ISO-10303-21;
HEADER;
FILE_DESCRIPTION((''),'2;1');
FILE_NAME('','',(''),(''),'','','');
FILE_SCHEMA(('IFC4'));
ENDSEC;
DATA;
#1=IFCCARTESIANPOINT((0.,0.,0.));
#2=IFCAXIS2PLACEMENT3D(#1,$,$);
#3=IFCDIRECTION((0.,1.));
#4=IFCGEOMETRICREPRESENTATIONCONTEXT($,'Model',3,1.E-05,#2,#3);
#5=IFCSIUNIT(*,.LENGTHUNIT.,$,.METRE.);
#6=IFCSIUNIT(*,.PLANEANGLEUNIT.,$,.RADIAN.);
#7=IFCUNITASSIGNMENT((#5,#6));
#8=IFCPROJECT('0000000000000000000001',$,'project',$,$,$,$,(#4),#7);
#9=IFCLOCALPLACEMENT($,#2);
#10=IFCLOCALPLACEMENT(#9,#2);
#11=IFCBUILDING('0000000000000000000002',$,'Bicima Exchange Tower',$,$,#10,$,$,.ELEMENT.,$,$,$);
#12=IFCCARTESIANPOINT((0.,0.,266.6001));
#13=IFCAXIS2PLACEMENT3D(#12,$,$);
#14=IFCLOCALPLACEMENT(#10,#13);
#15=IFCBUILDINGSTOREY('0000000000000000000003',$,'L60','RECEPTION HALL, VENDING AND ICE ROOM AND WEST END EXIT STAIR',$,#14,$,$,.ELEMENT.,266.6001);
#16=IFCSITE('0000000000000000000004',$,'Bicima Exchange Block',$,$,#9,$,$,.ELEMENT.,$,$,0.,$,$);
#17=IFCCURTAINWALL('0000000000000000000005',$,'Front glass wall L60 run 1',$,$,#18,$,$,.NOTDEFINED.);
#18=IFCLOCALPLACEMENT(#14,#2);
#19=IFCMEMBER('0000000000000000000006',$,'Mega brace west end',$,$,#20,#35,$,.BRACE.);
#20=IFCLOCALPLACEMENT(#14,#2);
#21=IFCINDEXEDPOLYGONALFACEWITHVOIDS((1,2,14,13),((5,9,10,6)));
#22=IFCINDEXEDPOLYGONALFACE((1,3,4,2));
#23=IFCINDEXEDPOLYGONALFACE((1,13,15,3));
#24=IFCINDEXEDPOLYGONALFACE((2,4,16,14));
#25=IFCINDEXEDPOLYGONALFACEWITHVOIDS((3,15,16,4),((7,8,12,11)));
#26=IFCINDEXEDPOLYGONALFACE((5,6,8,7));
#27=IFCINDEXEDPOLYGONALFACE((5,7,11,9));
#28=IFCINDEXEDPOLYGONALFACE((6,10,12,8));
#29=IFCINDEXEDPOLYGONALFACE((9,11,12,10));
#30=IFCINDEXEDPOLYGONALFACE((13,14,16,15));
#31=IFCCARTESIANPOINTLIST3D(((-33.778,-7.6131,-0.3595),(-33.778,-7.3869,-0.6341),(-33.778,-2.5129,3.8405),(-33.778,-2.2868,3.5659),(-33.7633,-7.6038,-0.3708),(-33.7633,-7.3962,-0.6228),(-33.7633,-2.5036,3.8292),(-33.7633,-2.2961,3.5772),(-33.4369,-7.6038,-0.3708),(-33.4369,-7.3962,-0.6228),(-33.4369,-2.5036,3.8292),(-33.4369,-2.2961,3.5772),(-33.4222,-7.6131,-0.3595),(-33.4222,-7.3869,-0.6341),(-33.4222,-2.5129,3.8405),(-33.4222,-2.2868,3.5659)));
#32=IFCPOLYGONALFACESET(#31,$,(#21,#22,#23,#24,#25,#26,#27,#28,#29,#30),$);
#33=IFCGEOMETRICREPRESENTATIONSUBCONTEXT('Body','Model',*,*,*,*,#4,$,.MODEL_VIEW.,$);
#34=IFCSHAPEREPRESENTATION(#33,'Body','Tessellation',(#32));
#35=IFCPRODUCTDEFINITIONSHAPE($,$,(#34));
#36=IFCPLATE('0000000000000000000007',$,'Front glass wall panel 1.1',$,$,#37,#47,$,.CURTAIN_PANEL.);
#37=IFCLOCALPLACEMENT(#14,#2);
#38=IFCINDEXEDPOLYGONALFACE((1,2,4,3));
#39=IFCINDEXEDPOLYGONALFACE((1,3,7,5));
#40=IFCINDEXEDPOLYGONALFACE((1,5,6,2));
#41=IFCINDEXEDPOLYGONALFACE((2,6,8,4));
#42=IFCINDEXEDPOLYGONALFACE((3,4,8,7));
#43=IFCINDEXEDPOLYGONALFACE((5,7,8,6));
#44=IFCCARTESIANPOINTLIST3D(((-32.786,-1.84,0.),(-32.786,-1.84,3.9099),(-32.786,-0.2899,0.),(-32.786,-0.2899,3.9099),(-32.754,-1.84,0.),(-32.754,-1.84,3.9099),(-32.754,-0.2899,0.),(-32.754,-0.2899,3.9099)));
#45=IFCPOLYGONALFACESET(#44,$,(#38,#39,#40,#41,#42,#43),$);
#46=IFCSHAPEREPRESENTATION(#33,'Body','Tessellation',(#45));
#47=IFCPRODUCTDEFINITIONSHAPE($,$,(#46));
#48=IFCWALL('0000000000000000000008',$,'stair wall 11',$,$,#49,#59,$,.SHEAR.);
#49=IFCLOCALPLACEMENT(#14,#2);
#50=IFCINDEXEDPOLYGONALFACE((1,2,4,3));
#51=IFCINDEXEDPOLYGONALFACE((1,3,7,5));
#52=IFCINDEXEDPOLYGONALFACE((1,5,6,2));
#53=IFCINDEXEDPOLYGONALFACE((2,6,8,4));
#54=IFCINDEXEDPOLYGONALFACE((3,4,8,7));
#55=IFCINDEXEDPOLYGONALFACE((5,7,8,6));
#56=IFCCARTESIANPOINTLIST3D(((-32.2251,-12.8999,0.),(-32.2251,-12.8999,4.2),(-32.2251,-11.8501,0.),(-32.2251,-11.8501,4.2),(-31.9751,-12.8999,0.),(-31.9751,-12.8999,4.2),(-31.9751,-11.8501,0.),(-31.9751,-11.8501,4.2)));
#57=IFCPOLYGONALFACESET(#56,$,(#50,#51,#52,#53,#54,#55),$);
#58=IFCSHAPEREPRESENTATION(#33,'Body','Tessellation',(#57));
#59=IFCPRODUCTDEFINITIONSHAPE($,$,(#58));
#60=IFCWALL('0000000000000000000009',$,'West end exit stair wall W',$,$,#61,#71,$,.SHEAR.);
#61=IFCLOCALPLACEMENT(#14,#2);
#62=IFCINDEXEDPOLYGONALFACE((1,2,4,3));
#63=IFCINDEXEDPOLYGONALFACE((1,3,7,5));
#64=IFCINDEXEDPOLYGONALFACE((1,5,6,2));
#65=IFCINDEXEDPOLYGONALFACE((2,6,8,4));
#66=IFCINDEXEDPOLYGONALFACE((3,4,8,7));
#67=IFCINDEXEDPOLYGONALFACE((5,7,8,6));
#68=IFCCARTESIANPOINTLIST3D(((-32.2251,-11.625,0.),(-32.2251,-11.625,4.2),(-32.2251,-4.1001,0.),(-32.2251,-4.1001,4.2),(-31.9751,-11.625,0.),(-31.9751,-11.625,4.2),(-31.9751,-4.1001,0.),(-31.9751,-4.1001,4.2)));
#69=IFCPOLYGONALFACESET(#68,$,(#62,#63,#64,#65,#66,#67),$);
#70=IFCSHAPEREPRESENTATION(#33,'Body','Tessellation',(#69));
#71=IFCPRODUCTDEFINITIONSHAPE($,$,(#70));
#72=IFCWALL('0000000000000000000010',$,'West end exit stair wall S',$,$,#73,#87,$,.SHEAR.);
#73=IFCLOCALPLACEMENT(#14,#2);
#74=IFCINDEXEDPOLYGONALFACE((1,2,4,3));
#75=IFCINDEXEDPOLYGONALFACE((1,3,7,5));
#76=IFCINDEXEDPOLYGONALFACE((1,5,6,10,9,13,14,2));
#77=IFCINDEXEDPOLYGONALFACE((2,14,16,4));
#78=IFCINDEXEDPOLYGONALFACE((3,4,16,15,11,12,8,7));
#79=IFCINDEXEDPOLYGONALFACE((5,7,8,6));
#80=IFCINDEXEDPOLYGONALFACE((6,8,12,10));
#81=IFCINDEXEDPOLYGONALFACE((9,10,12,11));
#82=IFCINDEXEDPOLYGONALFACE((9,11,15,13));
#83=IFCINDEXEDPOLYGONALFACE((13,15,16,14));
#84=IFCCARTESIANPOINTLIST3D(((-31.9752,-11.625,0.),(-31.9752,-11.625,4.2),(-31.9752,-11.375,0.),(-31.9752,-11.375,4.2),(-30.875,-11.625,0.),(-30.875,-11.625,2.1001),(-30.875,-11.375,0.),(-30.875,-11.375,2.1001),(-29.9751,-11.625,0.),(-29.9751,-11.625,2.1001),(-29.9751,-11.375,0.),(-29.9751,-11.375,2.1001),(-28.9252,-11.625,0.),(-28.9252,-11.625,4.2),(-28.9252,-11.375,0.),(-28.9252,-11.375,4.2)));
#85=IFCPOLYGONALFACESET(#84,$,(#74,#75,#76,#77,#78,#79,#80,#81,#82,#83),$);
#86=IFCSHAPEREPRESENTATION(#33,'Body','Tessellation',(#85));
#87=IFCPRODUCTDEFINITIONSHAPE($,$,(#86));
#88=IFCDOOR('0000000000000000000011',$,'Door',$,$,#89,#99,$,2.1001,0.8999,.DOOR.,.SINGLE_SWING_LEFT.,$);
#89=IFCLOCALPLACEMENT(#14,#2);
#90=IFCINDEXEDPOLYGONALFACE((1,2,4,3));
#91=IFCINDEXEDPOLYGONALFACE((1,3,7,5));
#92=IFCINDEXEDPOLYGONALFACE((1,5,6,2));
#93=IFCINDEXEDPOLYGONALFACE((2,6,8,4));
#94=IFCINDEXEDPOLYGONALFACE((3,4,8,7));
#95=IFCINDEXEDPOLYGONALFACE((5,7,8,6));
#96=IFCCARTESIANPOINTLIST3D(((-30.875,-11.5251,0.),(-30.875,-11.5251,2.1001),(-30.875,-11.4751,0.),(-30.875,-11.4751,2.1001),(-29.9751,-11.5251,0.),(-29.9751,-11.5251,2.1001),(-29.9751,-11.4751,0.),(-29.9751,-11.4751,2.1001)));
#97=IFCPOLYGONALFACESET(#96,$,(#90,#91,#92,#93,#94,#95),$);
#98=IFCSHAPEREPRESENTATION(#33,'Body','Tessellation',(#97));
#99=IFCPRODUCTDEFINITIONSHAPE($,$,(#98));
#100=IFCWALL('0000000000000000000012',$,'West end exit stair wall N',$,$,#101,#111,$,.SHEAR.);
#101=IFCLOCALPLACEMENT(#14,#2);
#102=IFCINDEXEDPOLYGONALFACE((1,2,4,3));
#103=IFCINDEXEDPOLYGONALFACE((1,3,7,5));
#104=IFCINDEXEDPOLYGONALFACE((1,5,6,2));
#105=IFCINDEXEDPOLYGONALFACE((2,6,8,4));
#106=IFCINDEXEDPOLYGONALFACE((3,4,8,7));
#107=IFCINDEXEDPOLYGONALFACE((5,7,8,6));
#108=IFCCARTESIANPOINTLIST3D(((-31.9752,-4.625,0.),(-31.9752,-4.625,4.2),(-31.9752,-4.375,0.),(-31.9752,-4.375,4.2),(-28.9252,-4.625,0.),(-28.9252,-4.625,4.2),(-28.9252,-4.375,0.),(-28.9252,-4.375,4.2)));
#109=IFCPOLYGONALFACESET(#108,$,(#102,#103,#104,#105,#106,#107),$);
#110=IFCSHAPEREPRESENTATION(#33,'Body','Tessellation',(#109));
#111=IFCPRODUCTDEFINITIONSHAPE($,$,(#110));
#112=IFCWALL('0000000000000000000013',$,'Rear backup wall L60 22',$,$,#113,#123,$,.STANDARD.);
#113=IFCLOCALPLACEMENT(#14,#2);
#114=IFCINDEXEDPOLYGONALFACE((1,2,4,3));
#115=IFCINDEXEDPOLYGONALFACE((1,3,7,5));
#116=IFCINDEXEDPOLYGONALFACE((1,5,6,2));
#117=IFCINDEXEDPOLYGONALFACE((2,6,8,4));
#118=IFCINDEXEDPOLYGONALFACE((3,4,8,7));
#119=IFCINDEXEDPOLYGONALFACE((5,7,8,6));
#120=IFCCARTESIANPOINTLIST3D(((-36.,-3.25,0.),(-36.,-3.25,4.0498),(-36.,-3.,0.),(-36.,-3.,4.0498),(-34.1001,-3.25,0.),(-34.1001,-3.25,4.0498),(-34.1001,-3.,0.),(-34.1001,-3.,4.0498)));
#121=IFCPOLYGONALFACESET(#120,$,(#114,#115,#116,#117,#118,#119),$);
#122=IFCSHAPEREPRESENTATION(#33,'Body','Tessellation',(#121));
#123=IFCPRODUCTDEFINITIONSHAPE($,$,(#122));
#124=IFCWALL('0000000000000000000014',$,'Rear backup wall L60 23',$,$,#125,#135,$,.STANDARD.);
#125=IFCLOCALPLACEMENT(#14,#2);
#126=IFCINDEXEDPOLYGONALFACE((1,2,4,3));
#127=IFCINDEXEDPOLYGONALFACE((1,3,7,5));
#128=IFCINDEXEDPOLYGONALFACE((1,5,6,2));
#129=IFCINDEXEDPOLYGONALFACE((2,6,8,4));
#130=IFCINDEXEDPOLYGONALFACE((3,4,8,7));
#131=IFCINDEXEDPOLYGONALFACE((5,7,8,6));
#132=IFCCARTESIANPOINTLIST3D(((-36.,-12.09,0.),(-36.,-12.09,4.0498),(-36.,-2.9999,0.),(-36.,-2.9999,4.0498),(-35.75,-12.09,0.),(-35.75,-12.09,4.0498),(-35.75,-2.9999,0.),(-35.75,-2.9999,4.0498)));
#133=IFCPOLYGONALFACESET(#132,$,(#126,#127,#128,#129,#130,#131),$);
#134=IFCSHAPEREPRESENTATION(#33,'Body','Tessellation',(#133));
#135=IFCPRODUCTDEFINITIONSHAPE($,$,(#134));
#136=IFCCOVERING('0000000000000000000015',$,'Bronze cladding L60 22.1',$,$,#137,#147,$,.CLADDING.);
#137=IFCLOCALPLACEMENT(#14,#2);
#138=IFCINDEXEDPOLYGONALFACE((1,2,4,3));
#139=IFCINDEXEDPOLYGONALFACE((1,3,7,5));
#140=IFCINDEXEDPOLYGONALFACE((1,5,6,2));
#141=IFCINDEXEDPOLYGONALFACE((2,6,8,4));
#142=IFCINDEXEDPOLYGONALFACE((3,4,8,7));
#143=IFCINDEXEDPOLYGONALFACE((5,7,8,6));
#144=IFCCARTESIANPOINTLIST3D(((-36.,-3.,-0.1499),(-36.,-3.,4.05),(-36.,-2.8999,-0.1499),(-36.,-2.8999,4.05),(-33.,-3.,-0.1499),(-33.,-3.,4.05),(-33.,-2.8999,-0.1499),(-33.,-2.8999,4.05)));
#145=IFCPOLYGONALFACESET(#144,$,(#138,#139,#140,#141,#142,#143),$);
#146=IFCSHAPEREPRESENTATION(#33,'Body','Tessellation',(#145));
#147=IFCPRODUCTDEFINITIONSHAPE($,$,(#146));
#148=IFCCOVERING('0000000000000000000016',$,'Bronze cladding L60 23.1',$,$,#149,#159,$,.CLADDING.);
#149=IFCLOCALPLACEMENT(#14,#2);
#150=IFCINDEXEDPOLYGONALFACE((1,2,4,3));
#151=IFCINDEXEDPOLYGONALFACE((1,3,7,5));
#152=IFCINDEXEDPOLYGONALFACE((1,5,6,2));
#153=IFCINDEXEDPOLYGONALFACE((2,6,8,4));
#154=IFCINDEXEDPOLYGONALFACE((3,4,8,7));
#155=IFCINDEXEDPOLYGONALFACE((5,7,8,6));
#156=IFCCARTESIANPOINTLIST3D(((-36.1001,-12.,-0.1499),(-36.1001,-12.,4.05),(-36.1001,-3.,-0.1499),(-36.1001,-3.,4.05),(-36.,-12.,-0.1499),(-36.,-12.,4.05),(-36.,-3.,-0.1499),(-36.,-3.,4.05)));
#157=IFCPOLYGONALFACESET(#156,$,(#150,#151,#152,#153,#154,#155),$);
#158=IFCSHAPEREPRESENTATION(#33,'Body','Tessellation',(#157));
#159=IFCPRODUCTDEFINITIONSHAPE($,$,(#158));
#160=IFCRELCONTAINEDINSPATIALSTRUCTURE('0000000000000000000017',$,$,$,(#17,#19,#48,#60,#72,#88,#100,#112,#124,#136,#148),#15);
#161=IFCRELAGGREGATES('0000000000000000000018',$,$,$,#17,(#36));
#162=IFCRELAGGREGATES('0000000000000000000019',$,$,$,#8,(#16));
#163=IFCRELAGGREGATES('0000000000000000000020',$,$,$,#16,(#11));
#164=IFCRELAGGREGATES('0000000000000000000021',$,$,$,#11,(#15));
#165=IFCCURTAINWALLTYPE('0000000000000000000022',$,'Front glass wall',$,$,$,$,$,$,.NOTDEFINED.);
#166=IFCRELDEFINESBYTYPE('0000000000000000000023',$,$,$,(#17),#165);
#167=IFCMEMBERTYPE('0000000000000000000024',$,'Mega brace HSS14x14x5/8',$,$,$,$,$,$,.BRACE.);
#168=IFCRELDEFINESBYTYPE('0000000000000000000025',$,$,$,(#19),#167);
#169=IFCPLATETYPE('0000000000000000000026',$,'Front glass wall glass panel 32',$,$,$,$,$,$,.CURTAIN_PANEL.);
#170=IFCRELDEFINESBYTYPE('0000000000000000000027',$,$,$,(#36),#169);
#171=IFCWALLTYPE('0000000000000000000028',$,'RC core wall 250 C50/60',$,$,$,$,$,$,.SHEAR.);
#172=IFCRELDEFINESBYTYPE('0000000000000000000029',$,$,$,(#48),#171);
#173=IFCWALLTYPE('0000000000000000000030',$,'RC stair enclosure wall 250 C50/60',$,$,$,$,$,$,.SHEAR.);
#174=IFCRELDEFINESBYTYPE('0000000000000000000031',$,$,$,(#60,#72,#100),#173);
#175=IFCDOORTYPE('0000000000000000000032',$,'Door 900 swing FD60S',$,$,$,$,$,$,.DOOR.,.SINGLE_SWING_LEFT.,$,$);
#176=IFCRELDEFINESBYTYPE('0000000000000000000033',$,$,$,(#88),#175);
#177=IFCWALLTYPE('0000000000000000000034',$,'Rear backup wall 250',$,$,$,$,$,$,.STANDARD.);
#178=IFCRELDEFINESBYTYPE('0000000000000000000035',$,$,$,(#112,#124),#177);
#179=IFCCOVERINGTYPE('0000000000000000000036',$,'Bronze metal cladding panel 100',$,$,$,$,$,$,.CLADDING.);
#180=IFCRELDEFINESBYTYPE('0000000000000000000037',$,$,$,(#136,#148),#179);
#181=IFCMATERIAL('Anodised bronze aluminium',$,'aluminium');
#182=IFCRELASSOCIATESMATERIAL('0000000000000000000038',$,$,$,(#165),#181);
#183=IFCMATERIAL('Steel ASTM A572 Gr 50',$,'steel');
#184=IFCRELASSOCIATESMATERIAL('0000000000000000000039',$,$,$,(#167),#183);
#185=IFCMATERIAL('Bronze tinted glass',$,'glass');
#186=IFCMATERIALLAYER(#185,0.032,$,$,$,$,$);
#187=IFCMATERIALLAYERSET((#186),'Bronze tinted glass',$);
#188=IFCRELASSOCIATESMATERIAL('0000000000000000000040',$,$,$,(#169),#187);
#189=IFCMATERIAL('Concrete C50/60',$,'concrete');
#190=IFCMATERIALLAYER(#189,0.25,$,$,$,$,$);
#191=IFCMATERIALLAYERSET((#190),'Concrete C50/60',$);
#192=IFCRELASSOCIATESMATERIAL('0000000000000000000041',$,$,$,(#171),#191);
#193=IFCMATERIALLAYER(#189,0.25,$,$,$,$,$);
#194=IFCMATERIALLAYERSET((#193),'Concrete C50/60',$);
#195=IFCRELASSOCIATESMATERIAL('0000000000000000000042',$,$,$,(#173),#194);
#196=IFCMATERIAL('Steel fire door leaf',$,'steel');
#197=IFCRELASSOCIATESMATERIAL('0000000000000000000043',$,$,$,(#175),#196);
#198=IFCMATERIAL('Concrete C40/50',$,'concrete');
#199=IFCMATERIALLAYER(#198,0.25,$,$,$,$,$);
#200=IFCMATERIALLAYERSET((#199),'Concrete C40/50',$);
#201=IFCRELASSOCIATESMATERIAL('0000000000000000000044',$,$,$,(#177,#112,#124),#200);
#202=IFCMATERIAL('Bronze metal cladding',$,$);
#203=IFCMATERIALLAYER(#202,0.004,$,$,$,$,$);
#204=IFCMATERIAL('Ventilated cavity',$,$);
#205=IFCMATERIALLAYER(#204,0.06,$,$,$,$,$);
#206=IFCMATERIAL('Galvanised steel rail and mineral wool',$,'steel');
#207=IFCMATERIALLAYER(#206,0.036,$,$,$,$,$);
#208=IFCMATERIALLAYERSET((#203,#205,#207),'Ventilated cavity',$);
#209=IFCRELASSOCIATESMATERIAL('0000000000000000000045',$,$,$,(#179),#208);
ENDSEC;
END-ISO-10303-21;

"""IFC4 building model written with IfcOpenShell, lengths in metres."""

from ifc_helpers import new_model, si_unit, direction, frame, frame_2d, origin, origin_2d, place, context, subcontext, project, spatial, rectangle, hollow_rectangle, extrude, material, layer, layer_set, layer_usage, material_profile, profile_set, type_object, element, fill, aggregate, save


model = new_model("IFC4")

# Units and contexts
model_context = context("Model", 3, precision=1e-05, world=origin(), true_north=direction((0.0, 1.0)))
body_context = subcontext(model_context, "Body", "Model", "MODEL_VIEW")
ifc_project = project(units=[si_unit("LENGTHUNIT", "METRE"), si_unit("PLANEANGLEUNIT", "RADIAN")], contexts=[model_context])

# Site, building, storey
site_placement = place(None, origin())
site = spatial("IfcSite", under=ifc_project, at=site_placement, Name="Bicima Exchange Block", CompositionType="ELEMENT", RefElevation=0.0)
building_placement = place(site_placement, origin())
building = spatial("IfcBuilding", under=site, at=building_placement, Name="Bicima Exchange Tower", CompositionType="ELEMENT")
storey_placement = place(building_placement, frame((0.0, 0.0, 266.6001)))
storey = spatial("IfcBuildingStorey", under=building, at=storey_placement, Name="L60", Description="RECEPTION HALL, VENDING AND ICE ROOM AND WEST END EXIT STAIR", CompositionType="ELEMENT", Elevation=266.6001)

# Shared definitions
ifc_material_1 = material(Name="Steel ASTM A572 Gr 50", Category="steel")

# Shared definitions
ifc_material_2 = material(Name="Anodised bronze aluminium", Category="aluminium")

# Curtain wall
curtain_wall_type_1 = type_object("IfcCurtainWallType", Name="Front glass wall", PredefinedType="NOTDEFINED", material=ifc_material_2)
curtain_wall_1_placement = place(storey_placement, origin())
curtain_wall_1 = element("IfcCurtainWall", 1, at=curtain_wall_1_placement, inside=storey, type_object=curtain_wall_type_1, Name="Front glass wall L60 run 1", PredefinedType="NOTDEFINED")

# Member
ifc_material_profile_1 = material_profile(ifc_material_1, hollow_rectangle(XDim=0.3557, YDim=0.3557, WallThickness=0.0146, at=origin_2d()))
ifc_profile_set_1 = profile_set([ifc_material_profile_1], Name="Steel ASTM A572 Gr 50")
member_type_1 = type_object("IfcMemberType", Name="Mega brace HSS14x14x5/8", PredefinedType="BRACE", material=ifc_profile_set_1)
for number, where, z_axis, x_axis, name in (
    (2, (-33.6001, -7.5, -0.4968), (0.0, 0.77194, 0.635696), (-1.0, 0.0, 0.0), "Mega brace west end"),
):
    element("IfcMember", number, at=place(storey_placement, frame(where, z_axis=z_axis, x_axis=x_axis)), inside=storey, type_object=member_type_1, Name=name, PredefinedType="BRACE", context=body_context, shape_type="SweptSolid", body=[
        extrude(hollow_rectangle(XDim=0.3557, YDim=0.3557, WallThickness=0.0146, at=origin_2d()), origin(), (0.0, 0.0, 1.0), 6.6069),
    ])

# Plate
ifc_material_3 = material(Name="Bronze tinted glass", Category="glass")
ifc_layer_1 = layer(ifc_material_3, 0.032)
ifc_layer_set_1 = layer_set([ifc_layer_1], Name="Bronze tinted glass")
plate_type = type_object("IfcPlateType", Name="Front glass wall glass panel 32", PredefinedType="CURTAIN_PANEL", material=ifc_layer_set_1)
plate_placement = place(storey_placement, frame((-32.77, -1.0649, 0.0), z_axis=(0.0, 0.0, 1.0), x_axis=(0.0, -1.0, 0.0)))
plate = element("IfcPlate", 3, at=plate_placement, type_object=plate_type, Name="Front glass wall panel 1.1", PredefinedType="CURTAIN_PANEL", context=body_context, shape_type="SweptSolid", body=[
    extrude(rectangle(XDim=1.55, YDim=0.032, at=origin_2d()), origin(), (0.0, 0.0, 1.0), 3.9099),
])
aggregate(curtain_wall_1, [plate])

# Walls
ifc_material_4 = material(Name="Concrete C50/60", Category="concrete")
ifc_layer_2 = layer(ifc_material_4, 0.25)
ifc_layer_set_2 = layer_set([ifc_layer_2], Name="Concrete C50/60")
wall_type_1 = type_object("IfcWallType", Name="RC core wall 250 C50/60", PredefinedType="SHEAR", material=ifc_layer_set_2)
wall_1_placement = place(storey_placement, frame((-32.1001, -12.8999, 0.0), z_axis=(0.0, 0.0, 1.0), x_axis=(0.0, 1.0, 0.0)))
element("IfcWall", 4, at=wall_1_placement, inside=storey, type_object=wall_type_1, Name="stair wall 11", PredefinedType="SHEAR", context=body_context, shape_type="SweptSolid", body=[
    extrude(rectangle(XDim=1.0498, YDim=0.25, at=frame_2d((0.5249, 0.0))), origin(), (0.0, 0.0, 1.0), 4.2),
])
ifc_layer_3 = layer(ifc_material_4, 0.25)
ifc_layer_set_3 = layer_set([ifc_layer_3], Name="Concrete C50/60")
wall_type_2 = type_object("IfcWallType", Name="RC stair enclosure wall 250 C50/60", PredefinedType="SHEAR", material=ifc_layer_set_3)
wall_2_placement = place(storey_placement, frame((-32.1001, -11.625, 0.0), z_axis=(0.0, 0.0, 1.0), x_axis=(0.0, 1.0, 0.0)))
element("IfcWall", 5, at=wall_2_placement, inside=storey, type_object=wall_type_2, Name="West end exit stair wall W", PredefinedType="SHEAR", context=body_context, shape_type="SweptSolid", body=[
    extrude(rectangle(XDim=7.5249, YDim=0.25, at=frame_2d((3.7625, 0.0))), origin(), (0.0, 0.0, 1.0), 4.2),
])

# Wall, opening, door
wall_3_placement = place(storey_placement, frame((-31.9751, -11.5, 0.0), z_axis=(0.0, 0.0, 1.0), x_axis=(1.0, 0.0, 0.0)))
wall_3 = element("IfcWall", 6, at=wall_3_placement, inside=storey, type_object=wall_type_2, Name="West end exit stair wall S", PredefinedType="SHEAR", context=body_context, shape_type="SweptSolid", body=[
    extrude(rectangle(XDim=3.05, YDim=0.25, at=frame_2d((1.5249, 0.0))), origin(), (0.0, 0.0, 1.0), 4.2),
])
opening_placement = place(wall_3_placement, frame((1.1001, 0.0, 0.0)))
opening = element("IfcOpeningElement", 7, at=opening_placement, cuts=wall_3, PredefinedType="OPENING", context=body_context, shape_type="SweptSolid", body=[
    extrude(rectangle(XDim=0.8999, YDim=2.1001, at=frame_2d((0.45, 1.05))), frame((0.0, 0.137, 0.0), z_axis=(0.0, -1.0, 0.0), x_axis=(1.0, 0.0, 0.0)), (0.0, 0.0, 1.0), 0.2739),
])
ifc_material_5 = material(Name="Steel fire door leaf", Category="steel")
door_type = type_object("IfcDoorType", Name="Door 900 swing FD60S", OperationType="SINGLE_SWING_LEFT", PredefinedType="DOOR", material=ifc_material_5)
door_placement = place(opening_placement, origin())
door = element("IfcDoor", 8, at=door_placement, inside=storey, type_object=door_type, Name="Door", OperationType="SINGLE_SWING_LEFT", OverallHeight=2.1001, OverallWidth=0.8999, PredefinedType="DOOR", context=body_context, shape_type="SweptSolid", body=[
    extrude(rectangle(XDim=0.8999, YDim=2.1001, at=frame_2d((0.45, 1.05))), frame((0.0, 0.0249, 0.0), z_axis=(0.0, -1.0, 0.0), x_axis=(1.0, 0.0, 0.0)), (0.0, 0.0, 1.0), 0.05),
])
fill(opening, door)

# Walls
wall_4_placement = place(storey_placement, frame((-31.9751, -4.5, 0.0), z_axis=(0.0, 0.0, 1.0), x_axis=(1.0, 0.0, 0.0)))
element("IfcWall", 9, at=wall_4_placement, inside=storey, type_object=wall_type_2, Name="West end exit stair wall N", PredefinedType="SHEAR", context=body_context, shape_type="SweptSolid", body=[
    extrude(rectangle(XDim=3.05, YDim=0.25, at=frame_2d((1.5249, 0.0))), origin(), (0.0, 0.0, 1.0), 4.2),
])
ifc_material_6 = material(Name="Concrete C40/50", Category="concrete")
ifc_layer_4 = layer(ifc_material_6, 0.25)
ifc_layer_set_4 = layer_set([ifc_layer_4], Name="Concrete C40/50")
ifc_layer_usage = layer_usage(ifc_layer_set_4, "AXIS2", "POSITIVE", -0.125)
wall_type_3 = type_object("IfcWallType", Name="Rear backup wall 250", PredefinedType="STANDARD", material=ifc_layer_set_4)
wall_5_placement = place(storey_placement, frame((-34.1001, -3.125, 0.0), z_axis=(0.0, 0.0, 1.0), x_axis=(-1.0, 0.0, 0.0)))
element("IfcWall", 10, at=wall_5_placement, inside=storey, type_object=wall_type_3, material=ifc_layer_usage, Name="Rear backup wall L60 22", PredefinedType="STANDARD", context=body_context, shape_type="SweptSolid", body=[
    extrude(rectangle(XDim=1.8999, YDim=0.25, at=frame_2d((0.95, 0.0))), origin(), (0.0, 0.0, 1.0), 4.0498),
])
wall_6_placement = place(storey_placement, frame((-35.875, -3.0, 0.0), z_axis=(0.0, 0.0, 1.0), x_axis=(0.0, -1.0, 0.0)))
element("IfcWall", 11, at=wall_6_placement, inside=storey, type_object=wall_type_3, material=ifc_layer_usage, Name="Rear backup wall L60 23", PredefinedType="STANDARD", context=body_context, shape_type="SweptSolid", body=[
    extrude(rectangle(XDim=9.0901, YDim=0.25, at=frame_2d((4.5449, 0.0))), origin(), (0.0, 0.0, 1.0), 4.0498),
])

# Coverings
ifc_material_7 = material(Name="Bronze metal cladding")
ifc_layer_5 = layer(ifc_material_7, 0.004)
ifc_material_8 = material(Name="Ventilated cavity")
ifc_layer_6 = layer(ifc_material_8, 0.06)
ifc_material_9 = material(Name="Galvanised steel rail and mineral wool", Category="steel")
ifc_layer_7 = layer(ifc_material_9, 0.036)
ifc_layer_set_5 = layer_set([ifc_layer_5, ifc_layer_6, ifc_layer_7], Name="Ventilated cavity")
covering_type = type_object("IfcCoveringType", Name="Bronze metal cladding panel 100", PredefinedType="CLADDING", material=ifc_layer_set_5)
covering_1_placement = place(storey_placement, frame((-34.5, -2.95, -0.1499), z_axis=(0.0, 0.0, 1.0), x_axis=(-1.0, 0.0, 0.0)))
element("IfcCovering", 12, at=covering_1_placement, inside=storey, type_object=covering_type, Name="Bronze cladding L60 22.1", PredefinedType="CLADDING", context=body_context, shape_type="SweptSolid", body=[
    extrude(rectangle(XDim=3.0, YDim=0.1001, at=origin_2d()), origin(), (0.0, 0.0, 1.0), 4.2),
])
covering_2_placement = place(storey_placement, frame((-36.05, -7.5, -0.1499), z_axis=(0.0, 0.0, 1.0), x_axis=(0.0, -1.0, 0.0)))
element("IfcCovering", 13, at=covering_2_placement, inside=storey, type_object=covering_type, Name="Bronze cladding L60 23.1", PredefinedType="CLADDING", context=body_context, shape_type="SweptSolid", body=[
    extrude(rectangle(XDim=9.0, YDim=0.1001, at=origin_2d()), origin(), (0.0, 0.0, 1.0), 4.2),
])

save(model, "model.ifc")
